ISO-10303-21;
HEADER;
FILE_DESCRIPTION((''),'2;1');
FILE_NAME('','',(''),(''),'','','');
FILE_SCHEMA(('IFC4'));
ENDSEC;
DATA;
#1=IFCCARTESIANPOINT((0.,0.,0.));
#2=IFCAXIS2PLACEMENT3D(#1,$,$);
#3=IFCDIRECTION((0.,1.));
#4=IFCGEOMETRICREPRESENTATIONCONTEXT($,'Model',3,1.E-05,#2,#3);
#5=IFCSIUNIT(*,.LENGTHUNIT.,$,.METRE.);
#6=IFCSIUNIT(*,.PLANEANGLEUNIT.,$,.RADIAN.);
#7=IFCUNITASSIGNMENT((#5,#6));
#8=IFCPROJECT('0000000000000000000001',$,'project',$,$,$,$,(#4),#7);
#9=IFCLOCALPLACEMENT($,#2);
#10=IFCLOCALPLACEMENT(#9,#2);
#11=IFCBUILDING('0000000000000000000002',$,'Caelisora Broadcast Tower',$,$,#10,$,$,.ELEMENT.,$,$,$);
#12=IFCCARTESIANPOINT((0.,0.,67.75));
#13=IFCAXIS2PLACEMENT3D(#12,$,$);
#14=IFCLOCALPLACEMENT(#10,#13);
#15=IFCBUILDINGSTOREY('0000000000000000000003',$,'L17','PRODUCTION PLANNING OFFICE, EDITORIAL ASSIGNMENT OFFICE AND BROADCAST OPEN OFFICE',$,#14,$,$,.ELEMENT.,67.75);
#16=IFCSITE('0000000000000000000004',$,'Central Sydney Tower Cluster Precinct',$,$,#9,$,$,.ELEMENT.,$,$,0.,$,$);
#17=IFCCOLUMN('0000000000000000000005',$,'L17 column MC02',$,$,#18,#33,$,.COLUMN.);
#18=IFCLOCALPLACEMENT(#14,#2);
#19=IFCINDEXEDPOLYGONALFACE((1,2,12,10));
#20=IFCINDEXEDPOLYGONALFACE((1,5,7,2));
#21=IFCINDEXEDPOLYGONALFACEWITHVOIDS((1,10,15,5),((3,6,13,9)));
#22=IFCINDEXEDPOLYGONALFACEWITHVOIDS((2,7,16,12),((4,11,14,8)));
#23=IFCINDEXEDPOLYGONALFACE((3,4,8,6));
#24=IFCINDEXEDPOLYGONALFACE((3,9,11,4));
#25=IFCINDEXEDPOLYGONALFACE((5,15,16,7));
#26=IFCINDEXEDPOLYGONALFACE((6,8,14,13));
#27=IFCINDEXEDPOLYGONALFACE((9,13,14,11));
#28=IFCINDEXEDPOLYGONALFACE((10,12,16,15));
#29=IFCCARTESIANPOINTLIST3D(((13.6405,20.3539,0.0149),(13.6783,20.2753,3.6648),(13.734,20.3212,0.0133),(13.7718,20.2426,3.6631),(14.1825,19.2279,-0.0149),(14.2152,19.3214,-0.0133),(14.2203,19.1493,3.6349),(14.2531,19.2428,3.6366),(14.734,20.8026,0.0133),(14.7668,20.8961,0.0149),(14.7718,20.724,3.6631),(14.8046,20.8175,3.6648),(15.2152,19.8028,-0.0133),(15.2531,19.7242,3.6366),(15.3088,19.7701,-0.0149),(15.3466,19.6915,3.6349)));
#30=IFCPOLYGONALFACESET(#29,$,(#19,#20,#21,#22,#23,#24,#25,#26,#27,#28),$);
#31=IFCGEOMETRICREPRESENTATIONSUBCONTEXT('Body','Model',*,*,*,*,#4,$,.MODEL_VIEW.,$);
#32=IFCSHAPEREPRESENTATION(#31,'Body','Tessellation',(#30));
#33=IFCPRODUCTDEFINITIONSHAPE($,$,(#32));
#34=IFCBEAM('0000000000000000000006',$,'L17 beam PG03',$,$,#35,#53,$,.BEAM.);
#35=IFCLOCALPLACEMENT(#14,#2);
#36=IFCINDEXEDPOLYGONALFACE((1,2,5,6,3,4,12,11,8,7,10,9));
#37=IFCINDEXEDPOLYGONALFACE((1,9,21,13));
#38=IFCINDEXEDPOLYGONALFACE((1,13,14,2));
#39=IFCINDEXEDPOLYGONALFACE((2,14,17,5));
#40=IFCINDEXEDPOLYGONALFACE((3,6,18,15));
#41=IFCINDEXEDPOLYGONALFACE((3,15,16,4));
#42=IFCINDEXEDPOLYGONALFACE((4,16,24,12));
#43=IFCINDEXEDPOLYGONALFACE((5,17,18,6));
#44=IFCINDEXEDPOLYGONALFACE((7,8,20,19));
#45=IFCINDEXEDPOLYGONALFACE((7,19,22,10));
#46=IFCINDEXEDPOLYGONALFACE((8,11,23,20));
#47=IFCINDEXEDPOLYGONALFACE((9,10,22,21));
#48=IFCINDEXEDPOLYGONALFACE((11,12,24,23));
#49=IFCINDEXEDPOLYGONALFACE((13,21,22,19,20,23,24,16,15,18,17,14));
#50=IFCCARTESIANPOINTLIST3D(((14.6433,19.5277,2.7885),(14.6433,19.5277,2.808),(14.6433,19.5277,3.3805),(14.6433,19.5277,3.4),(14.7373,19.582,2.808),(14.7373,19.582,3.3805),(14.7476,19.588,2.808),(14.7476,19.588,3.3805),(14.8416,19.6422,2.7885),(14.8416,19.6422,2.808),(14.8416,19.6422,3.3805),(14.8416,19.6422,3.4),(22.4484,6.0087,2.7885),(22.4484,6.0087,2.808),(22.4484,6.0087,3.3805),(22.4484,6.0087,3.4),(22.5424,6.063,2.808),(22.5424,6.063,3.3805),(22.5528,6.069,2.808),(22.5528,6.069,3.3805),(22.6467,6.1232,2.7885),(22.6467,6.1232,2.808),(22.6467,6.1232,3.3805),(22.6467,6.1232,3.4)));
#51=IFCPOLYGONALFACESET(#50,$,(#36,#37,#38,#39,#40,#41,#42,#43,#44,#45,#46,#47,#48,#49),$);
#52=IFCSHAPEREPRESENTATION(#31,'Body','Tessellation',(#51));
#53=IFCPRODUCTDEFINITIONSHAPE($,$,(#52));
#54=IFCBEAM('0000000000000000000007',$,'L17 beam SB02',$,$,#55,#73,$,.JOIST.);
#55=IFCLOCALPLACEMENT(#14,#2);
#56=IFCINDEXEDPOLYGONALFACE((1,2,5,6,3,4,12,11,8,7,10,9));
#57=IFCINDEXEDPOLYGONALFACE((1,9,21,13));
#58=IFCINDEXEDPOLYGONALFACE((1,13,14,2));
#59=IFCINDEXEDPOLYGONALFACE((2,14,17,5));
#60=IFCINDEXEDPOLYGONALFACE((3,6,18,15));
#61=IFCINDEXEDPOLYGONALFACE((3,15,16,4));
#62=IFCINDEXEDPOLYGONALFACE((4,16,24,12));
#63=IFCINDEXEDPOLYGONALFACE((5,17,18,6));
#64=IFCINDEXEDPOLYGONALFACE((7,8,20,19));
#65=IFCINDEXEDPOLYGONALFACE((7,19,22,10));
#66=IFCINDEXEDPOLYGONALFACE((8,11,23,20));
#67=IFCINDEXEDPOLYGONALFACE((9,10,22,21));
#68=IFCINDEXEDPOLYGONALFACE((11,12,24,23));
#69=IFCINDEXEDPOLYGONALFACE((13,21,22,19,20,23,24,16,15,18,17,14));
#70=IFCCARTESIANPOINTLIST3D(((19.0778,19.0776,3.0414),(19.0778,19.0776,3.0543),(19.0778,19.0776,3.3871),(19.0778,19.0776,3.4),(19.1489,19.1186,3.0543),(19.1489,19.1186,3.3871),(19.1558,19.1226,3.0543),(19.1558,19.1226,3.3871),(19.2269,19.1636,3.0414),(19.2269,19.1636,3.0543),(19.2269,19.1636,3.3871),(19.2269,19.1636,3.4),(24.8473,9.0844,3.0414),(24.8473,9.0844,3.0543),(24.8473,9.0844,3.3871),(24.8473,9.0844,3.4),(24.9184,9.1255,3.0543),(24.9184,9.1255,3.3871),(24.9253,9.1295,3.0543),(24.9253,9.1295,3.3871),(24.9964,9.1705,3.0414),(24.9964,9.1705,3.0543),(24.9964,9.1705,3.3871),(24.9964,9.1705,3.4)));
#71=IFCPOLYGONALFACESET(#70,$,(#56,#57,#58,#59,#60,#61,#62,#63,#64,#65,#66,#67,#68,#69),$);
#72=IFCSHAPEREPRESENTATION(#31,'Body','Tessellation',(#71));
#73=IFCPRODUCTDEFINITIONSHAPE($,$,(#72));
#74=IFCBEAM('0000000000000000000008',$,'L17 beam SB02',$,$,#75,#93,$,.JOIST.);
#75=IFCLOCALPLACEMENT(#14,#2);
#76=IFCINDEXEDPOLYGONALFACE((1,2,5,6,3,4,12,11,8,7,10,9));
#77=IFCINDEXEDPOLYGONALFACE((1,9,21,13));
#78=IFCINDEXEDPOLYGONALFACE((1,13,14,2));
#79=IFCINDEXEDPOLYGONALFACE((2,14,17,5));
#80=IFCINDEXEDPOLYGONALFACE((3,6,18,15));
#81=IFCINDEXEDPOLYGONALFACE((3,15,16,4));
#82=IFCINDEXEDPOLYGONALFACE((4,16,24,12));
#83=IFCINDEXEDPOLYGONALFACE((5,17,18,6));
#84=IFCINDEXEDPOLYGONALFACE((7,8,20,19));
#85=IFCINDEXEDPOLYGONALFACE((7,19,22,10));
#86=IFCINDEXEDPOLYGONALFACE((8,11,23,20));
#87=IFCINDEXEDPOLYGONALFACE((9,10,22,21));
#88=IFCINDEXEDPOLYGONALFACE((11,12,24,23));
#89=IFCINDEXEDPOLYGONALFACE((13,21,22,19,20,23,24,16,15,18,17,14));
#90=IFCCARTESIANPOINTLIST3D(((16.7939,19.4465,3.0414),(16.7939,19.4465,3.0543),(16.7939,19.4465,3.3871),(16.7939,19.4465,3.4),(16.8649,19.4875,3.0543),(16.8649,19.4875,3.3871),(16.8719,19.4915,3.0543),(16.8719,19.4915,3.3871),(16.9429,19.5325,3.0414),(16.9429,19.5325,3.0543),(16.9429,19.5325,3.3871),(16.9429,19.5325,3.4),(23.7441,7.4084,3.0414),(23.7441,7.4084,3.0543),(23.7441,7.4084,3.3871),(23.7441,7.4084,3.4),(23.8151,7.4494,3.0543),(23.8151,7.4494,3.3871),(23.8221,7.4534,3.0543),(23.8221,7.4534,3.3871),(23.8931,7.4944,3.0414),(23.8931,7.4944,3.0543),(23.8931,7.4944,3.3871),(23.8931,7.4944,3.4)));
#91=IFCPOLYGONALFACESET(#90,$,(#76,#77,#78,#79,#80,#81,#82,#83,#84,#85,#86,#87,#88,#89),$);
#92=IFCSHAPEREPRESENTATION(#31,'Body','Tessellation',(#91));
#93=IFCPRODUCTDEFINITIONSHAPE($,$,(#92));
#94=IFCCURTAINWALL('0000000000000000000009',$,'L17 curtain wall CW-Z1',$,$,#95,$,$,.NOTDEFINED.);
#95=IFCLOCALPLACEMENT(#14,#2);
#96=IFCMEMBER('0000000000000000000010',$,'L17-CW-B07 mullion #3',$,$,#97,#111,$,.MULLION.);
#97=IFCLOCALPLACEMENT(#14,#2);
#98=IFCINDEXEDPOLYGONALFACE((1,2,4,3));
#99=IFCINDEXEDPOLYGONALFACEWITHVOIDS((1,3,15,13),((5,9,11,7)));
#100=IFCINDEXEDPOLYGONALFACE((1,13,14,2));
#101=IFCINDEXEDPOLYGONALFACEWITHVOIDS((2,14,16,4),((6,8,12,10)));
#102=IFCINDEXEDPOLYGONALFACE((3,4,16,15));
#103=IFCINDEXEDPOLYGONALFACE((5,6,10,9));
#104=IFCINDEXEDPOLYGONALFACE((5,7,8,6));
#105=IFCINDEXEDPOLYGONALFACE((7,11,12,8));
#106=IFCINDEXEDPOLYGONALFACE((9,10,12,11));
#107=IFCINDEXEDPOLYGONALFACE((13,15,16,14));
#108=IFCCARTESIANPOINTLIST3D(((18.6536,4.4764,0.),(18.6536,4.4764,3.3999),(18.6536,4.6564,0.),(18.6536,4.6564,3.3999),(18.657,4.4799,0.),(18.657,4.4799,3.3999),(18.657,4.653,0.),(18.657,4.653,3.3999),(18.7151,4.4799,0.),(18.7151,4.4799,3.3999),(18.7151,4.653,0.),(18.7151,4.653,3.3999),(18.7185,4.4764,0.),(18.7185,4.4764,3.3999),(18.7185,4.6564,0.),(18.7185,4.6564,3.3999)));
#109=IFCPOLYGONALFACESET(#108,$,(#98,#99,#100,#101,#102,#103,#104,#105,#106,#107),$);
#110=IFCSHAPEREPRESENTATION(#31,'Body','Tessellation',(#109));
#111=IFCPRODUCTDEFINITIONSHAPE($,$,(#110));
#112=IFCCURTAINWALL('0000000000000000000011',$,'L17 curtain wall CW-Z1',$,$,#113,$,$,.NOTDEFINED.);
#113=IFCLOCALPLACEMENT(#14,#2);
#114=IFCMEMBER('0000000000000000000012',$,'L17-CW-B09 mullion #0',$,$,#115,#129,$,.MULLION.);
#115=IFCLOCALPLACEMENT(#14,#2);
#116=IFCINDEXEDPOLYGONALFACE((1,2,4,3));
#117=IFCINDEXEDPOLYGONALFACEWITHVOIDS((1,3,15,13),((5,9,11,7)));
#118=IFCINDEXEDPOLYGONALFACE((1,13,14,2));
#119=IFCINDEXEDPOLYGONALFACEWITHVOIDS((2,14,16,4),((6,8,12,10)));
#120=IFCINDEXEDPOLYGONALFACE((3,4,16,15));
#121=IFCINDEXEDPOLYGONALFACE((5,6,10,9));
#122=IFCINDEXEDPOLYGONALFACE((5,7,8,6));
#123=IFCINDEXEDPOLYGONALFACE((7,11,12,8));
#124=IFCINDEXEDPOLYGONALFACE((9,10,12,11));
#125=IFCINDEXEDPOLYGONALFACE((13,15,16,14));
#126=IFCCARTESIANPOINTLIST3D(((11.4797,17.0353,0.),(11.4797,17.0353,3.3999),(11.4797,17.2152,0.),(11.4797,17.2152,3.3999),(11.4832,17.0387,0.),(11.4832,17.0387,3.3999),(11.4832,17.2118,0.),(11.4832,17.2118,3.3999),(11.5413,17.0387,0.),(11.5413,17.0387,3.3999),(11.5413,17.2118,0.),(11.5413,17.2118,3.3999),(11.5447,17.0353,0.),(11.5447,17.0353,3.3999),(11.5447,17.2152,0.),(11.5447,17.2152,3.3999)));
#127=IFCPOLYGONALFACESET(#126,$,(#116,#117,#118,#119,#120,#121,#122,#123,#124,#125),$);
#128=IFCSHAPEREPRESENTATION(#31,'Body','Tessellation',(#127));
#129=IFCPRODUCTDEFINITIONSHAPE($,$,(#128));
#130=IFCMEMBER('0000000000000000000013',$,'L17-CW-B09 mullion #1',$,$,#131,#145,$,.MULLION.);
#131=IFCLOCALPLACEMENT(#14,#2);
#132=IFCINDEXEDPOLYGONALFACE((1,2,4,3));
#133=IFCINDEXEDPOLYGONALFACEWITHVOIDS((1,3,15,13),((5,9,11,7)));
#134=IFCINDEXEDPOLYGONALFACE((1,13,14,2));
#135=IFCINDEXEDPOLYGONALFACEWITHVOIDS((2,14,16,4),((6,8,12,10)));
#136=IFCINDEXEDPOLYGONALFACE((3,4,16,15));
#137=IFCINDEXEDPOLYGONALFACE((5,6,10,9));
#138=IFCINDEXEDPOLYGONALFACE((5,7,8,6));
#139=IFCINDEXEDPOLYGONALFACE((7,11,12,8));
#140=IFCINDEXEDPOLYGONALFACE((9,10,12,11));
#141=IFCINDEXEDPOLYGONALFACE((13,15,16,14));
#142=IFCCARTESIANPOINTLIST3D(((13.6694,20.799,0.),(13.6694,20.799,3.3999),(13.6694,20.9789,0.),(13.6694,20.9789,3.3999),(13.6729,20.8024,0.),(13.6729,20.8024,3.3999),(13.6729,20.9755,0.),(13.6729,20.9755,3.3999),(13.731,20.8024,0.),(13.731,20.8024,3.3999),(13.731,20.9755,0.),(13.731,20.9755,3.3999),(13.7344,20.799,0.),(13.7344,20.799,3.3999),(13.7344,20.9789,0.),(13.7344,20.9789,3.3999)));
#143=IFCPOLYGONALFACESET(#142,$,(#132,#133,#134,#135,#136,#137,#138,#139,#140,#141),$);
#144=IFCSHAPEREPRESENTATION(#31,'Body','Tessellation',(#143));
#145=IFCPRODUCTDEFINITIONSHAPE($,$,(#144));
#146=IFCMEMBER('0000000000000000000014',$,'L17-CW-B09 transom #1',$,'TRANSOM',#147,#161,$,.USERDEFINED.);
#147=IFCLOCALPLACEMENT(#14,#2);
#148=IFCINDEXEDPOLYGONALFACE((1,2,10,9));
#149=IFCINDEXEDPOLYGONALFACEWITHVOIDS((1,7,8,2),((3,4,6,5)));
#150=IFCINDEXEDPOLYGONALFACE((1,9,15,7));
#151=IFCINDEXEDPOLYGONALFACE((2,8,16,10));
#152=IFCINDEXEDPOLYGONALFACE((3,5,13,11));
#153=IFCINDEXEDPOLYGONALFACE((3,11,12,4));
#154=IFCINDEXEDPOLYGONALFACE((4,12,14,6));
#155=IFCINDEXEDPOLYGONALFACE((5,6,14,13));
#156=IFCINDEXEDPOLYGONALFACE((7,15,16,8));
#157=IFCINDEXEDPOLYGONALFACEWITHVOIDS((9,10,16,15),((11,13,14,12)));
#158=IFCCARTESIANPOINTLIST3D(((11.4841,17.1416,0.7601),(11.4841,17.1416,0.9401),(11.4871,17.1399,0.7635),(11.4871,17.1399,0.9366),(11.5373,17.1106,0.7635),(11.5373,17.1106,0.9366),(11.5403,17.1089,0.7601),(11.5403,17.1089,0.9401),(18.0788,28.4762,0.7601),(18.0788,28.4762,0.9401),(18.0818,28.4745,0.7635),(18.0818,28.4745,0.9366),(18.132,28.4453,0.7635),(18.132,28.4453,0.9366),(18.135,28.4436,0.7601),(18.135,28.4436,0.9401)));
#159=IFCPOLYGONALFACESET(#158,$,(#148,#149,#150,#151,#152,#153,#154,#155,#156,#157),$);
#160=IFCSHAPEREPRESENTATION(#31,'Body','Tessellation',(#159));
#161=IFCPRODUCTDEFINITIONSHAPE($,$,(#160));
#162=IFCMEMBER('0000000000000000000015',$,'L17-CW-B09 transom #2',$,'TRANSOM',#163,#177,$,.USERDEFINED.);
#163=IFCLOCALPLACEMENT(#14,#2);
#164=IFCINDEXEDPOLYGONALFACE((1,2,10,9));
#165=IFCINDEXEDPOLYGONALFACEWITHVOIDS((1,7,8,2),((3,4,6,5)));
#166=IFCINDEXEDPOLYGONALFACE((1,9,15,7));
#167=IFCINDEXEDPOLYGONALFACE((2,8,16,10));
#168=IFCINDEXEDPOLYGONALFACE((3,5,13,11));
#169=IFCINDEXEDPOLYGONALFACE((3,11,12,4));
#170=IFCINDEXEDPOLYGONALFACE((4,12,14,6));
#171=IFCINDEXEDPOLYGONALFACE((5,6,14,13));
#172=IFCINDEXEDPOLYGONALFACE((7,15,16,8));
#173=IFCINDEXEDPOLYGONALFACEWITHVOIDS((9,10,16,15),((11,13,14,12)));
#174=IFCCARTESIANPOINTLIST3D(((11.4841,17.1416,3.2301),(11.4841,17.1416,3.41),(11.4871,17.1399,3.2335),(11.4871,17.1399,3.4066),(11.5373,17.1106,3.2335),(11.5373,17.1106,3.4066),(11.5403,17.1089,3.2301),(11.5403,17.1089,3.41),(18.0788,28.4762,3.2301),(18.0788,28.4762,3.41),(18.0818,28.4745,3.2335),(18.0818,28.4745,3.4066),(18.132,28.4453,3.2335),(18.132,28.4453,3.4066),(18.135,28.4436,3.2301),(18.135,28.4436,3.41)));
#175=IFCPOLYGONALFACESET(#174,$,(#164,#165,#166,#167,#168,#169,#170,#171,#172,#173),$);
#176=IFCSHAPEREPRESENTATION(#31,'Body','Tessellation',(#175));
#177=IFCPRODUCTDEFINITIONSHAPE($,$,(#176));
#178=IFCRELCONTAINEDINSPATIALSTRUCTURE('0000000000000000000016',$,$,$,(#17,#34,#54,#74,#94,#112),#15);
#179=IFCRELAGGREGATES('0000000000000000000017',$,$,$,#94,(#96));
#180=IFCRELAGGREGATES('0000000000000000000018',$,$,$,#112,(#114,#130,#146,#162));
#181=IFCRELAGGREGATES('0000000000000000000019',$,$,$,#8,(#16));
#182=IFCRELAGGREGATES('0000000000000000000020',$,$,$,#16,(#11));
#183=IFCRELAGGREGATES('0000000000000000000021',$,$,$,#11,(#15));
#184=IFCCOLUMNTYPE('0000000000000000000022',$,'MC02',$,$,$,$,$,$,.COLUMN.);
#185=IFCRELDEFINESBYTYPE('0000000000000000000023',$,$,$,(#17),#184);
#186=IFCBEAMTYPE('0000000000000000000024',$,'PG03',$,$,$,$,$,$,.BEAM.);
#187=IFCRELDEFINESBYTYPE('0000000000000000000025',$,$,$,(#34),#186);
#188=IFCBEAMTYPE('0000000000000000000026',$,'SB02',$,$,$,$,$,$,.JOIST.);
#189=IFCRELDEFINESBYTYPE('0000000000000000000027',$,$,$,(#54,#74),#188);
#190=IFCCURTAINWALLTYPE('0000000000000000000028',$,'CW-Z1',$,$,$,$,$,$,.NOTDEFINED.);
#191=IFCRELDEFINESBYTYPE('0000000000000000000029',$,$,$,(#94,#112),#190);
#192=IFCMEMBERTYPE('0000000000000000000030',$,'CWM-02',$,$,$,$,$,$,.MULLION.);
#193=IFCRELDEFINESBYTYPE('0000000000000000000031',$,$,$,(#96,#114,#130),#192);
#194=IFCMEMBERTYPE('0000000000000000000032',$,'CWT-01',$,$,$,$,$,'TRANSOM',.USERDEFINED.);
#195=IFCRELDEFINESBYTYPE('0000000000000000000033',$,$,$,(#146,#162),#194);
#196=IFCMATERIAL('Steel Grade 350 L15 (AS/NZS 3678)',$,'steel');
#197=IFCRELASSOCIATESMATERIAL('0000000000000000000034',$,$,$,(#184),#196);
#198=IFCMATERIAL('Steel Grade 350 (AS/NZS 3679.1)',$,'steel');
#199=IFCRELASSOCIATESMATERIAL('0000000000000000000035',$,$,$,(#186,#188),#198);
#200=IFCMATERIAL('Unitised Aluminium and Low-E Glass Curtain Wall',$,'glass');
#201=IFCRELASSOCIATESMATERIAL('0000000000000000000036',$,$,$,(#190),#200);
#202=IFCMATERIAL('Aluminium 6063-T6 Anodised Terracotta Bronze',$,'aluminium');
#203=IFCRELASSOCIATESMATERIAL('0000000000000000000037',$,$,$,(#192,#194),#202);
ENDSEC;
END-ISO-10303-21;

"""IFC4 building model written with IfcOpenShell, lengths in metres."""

from ifc_helpers import new_model, si_unit, direction, frame, origin, origin_2d, place, context, subcontext, project, spatial, hollow_rectangle, i_section, extrude, source, transform, mapped, material, material_profile, profile_set, type_object, type_shapes, element, aggregate, save


model = new_model("IFC4")

# Units and contexts
model_context = context("Model", 3, precision=1e-05, world=origin(), true_north=direction((0.0, 1.0)))
body_context = subcontext(model_context, "Body", "Model", "MODEL_VIEW")
ifc_project = project(units=[si_unit("LENGTHUNIT", "METRE"), si_unit("PLANEANGLEUNIT", "RADIAN")], contexts=[model_context])

# Site, building, storey
site_placement = place(None, origin())
site = spatial("IfcSite", under=ifc_project, at=site_placement, Name="Central Sydney Tower Cluster Precinct", CompositionType="ELEMENT", RefElevation=0.0)
building_placement = place(site_placement, origin())
building = spatial("IfcBuilding", under=site, at=building_placement, Name="Caelisora Broadcast Tower", CompositionType="ELEMENT")
storey_placement = place(building_placement, frame((0.0, 0.0, 67.75)))
storey = spatial("IfcBuildingStorey", under=building, at=storey_placement, Name="L17", Description="PRODUCTION PLANNING OFFICE, EDITORIAL ASSIGNMENT OFFICE AND BROADCAST OPEN OFFICE", CompositionType="ELEMENT", Elevation=67.75)

# Column
ifc_material_1 = material(Name="Steel Grade 350 L15 (AS/NZS 3678)", Category="steel")
ifc_material_profile_1 = material_profile(ifc_material_1, hollow_rectangle(XDim=1.25, YDim=1.25, WallThickness=0.0701, at=origin_2d()), Name="Steel Grade 350 L15 (AS/NZS 3678)")
ifc_profile_set_1 = profile_set([ifc_material_profile_1], Name="Steel Grade 350 L15 (AS/NZS 3678)")
column_type = type_object("IfcColumnType", Name="MC02", PredefinedType="COLUMN", material=ifc_profile_set_1)
shared_shape_1 = source(origin(), body_context, "Body", "SweptSolid", [
    extrude(hollow_rectangle(XDim=1.25, YDim=1.25, WallThickness=0.0701, at=origin_2d()), origin(), (0.0, 0.0, 1.0), 3.6509),
])
type_shapes(column_type, [shared_shape_1])
column_placement = place(storey_placement, frame((14.4746, 20.062, 0.0), z_axis=(0.010365, -0.021532, 0.999714), x_axis=(0.901042, 0.433731, 0.0)))
element("IfcColumn", 1, at=column_placement, inside=storey, type_object=column_type, Name="L17 column MC02", PredefinedType="COLUMN", context=body_context, shape_type="MappedRepresentation", body=[
    mapped(shared_shape_1, transform((0.0, 0.0, 0.0), scale=1.0)),
])

# Beams
ifc_material_2 = material(Name="Steel Grade 350 (AS/NZS 3679.1)", Category="steel")
ifc_material_profile_2 = material_profile(ifc_material_2, i_section(OverallWidth=0.229, OverallDepth=0.6116, WebThickness=0.012, FlangeThickness=0.0195, at=origin_2d()), Name="Steel Grade 350 (AS/NZS 3679.1)")
ifc_profile_set_2 = profile_set([ifc_material_profile_2], Name="Steel Grade 350 (AS/NZS 3679.1)")
beam_type_1 = type_object("IfcBeamType", Name="PG03", PredefinedType="BEAM", material=ifc_profile_set_2)
shared_shape_2 = source(origin(), body_context, "Body", "SweptSolid", [
    extrude(i_section(OverallWidth=0.229, OverallDepth=0.6116, WebThickness=0.012, FlangeThickness=0.0195, at=origin_2d()), origin(), (0.0, 0.0, 1.0), 15.6104),
])
type_shapes(beam_type_1, [shared_shape_2])
beam_1_placement = place(storey_placement, frame((14.7424, 19.585, 3.0942), z_axis=(0.499998, -0.866027, 0.0), x_axis=(0.866027, 0.499998, 0.0)))
element("IfcBeam", 2, at=beam_1_placement, inside=storey, type_object=beam_type_1, Name="L17 beam PG03", PredefinedType="BEAM", context=body_context, shape_type="MappedRepresentation", body=[
    mapped(shared_shape_2, transform((0.0, 0.0, 0.0), scale=1.0)),
])
ifc_material_profile_3 = material_profile(ifc_material_2, i_section(OverallWidth=0.1721, OverallDepth=0.3586, WebThickness=0.0081, FlangeThickness=0.0129, at=origin_2d()), Name="Steel Grade 350 (AS/NZS 3679.1)")
ifc_profile_set_3 = profile_set([ifc_material_profile_3], Name="Steel Grade 350 (AS/NZS 3679.1)")
beam_type_2 = type_object("IfcBeamType", Name="SB02", PredefinedType="JOIST", material=ifc_profile_set_3)
shared_shape_3 = source(origin(), body_context, "Body", "SweptSolid", [
    extrude(i_section(OverallWidth=0.1721, OverallDepth=0.3586, WebThickness=0.0081, FlangeThickness=0.0129, at=origin_2d()), origin(), (0.0, 0.0, 1.0), 11.5391),
])
beam_2_placement = place(storey_placement, frame((19.1523, 19.1206, 3.2207), z_axis=(0.499998, -0.866026, 0.0), x_axis=(0.866026, 0.499998, 0.0)))
element("IfcBeam", 3, at=beam_2_placement, inside=storey, type_object=beam_type_2, Name="L17 beam SB02", PredefinedType="JOIST", context=body_context, shape_type="MappedRepresentation", body=[
    mapped(shared_shape_3, transform((0.0, 0.0, 0.0), scale=1.0)),
])
shared_shape_4 = source(origin(), body_context, "Body", "SweptSolid", [
    extrude(i_section(OverallWidth=0.1721, OverallDepth=0.3586, WebThickness=0.0081, FlangeThickness=0.0129, at=origin_2d()), origin(), (0.0, 0.0, 1.0), 13.9004),
])
type_shapes(beam_type_2, [shared_shape_3, shared_shape_4])
beam_3_placement = place(storey_placement, frame((16.8684, 19.4895, 3.2207), z_axis=(0.5, -0.866025, 0.0), x_axis=(0.866025, 0.5, 0.0)))
element("IfcBeam", 4, at=beam_3_placement, inside=storey, type_object=beam_type_2, Name="L17 beam SB02", PredefinedType="JOIST", context=body_context, shape_type="MappedRepresentation", body=[
    mapped(shared_shape_4, transform((0.0, 0.0, 0.0), scale=1.0)),
])

# Curtain wall, member
ifc_material_3 = material(Name="Unitised Aluminium and Low-E Glass Curtain Wall", Category="glass")
curtain_wall_type = type_object("IfcCurtainWallType", Name="CW-Z1", PredefinedType="NOTDEFINED", material=ifc_material_3)
curtain_wall_1_placement = place(storey_placement, origin())
curtain_wall_1 = element("IfcCurtainWall", 5, at=curtain_wall_1_placement, inside=storey, type_object=curtain_wall_type, Name="L17 curtain wall CW-Z1", PredefinedType="NOTDEFINED")
ifc_material_4 = material(Name="Aluminium 6063-T6 Anodised Terracotta Bronze", Category="aluminium")
ifc_material_profile_4 = material_profile(ifc_material_4, hollow_rectangle(XDim=0.0649, YDim=0.1799, WallThickness=0.0034, at=origin_2d()), Name="Aluminium 6063-T6 Anodised Terracotta Bronze")
ifc_profile_set_4 = profile_set([ifc_material_profile_4], Name="Aluminium 6063-T6 Anodised Terracotta Bronze")
member_type_1 = type_object("IfcMemberType", Name="CWM-02", PredefinedType="MULLION", material=ifc_profile_set_4)
shared_shape_5 = source(origin(), body_context, "Body", "SweptSolid", [
    extrude(hollow_rectangle(XDim=0.0649, YDim=0.1799, WallThickness=0.0034, at=origin_2d()), origin(), (0.0, 0.0, 1.0), 3.3999),
])
type_shapes(member_type_1, [shared_shape_5])
member_1_placement = place(storey_placement, frame((18.686, 4.5664, 0.0), z_axis=(0.0, 0.0, 1.0), x_axis=(1.0, 0.0, 0.0)))
member_1 = element("IfcMember", 6, at=member_1_placement, type_object=member_type_1, Name="L17-CW-B07 mullion #3", PredefinedType="MULLION", context=body_context, shape_type="MappedRepresentation", body=[
    mapped(shared_shape_5, transform((0.0, 0.0, 0.0), scale=1.0)),
])
aggregate(curtain_wall_1, [member_1])

# Curtain wall, members
curtain_wall_2_placement = place(storey_placement, origin())
curtain_wall_2 = element("IfcCurtainWall", 7, at=curtain_wall_2_placement, inside=storey, type_object=curtain_wall_type, Name="L17 curtain wall CW-Z1", PredefinedType="NOTDEFINED")
member_2_placement = place(storey_placement, frame((11.5122, 17.1252, 0.0), z_axis=(0.0, 0.0, 1.0), x_axis=(1.0, 0.0, 0.0)))
member_2 = element("IfcMember", 8, at=member_2_placement, type_object=member_type_1, Name="L17-CW-B09 mullion #0", PredefinedType="MULLION", context=body_context, shape_type="MappedRepresentation", body=[
    mapped(shared_shape_5, transform((0.0, 0.0, 0.0), scale=1.0)),
])
member_3_placement = place(storey_placement, frame((13.7019, 20.8889, 0.0), z_axis=(0.0, 0.0, 1.0), x_axis=(1.0, 0.0, 0.0)))
member_3 = element("IfcMember", 9, at=member_3_placement, type_object=member_type_1, Name="L17-CW-B09 mullion #1", PredefinedType="MULLION", context=body_context, shape_type="MappedRepresentation", body=[
    mapped(shared_shape_5, transform((0.0, 0.0, 0.0), scale=1.0)),
])
ifc_material_profile_5 = material_profile(ifc_material_4, hollow_rectangle(XDim=0.0649, YDim=0.1799, WallThickness=0.0034, at=origin_2d()), Name="Aluminium 6063-T6 Anodised Terracotta Bronze")
ifc_profile_set_5 = profile_set([ifc_material_profile_5], Name="Aluminium 6063-T6 Anodised Terracotta Bronze")
member_type_2 = type_object("IfcMemberType", Name="CWT-01", ElementType="TRANSOM", PredefinedType="USERDEFINED", material=ifc_profile_set_5)
shared_shape_6 = source(origin(), body_context, "Body", "SweptSolid", [
    extrude(hollow_rectangle(XDim=0.0649, YDim=0.1799, WallThickness=0.0034, at=origin_2d()), origin(), (0.0, 0.0, 1.0), 13.1135),
])
type_shapes(member_type_2, [shared_shape_6])
member_4_placement = place(storey_placement, frame((11.5122, 17.1252, 0.8501), z_axis=(0.502893, 0.864349, 0.0), x_axis=(-0.864349, 0.502893, 0.0)))
member_4 = element("IfcMember", 10, at=member_4_placement, type_object=member_type_2, Name="L17-CW-B09 transom #1", ObjectType="TRANSOM", PredefinedType="USERDEFINED", context=body_context, shape_type="MappedRepresentation", body=[
    mapped(shared_shape_6, transform((0.0, 0.0, 0.0), scale=1.0)),
])
member_5_placement = place(storey_placement, frame((11.5122, 17.1252, 3.3201), z_axis=(0.502893, 0.864349, 0.0), x_axis=(-0.864349, 0.502893, 0.0)))
member_5 = element("IfcMember", 11, at=member_5_placement, type_object=member_type_2, Name="L17-CW-B09 transom #2", ObjectType="TRANSOM", PredefinedType="USERDEFINED", context=body_context, shape_type="MappedRepresentation", body=[
    mapped(shared_shape_6, transform((0.0, 0.0, 0.0), scale=1.0)),
])

aggregate(curtain_wall_2, [member_2, member_3, member_4, member_5])

save(model, "model.ifc")
